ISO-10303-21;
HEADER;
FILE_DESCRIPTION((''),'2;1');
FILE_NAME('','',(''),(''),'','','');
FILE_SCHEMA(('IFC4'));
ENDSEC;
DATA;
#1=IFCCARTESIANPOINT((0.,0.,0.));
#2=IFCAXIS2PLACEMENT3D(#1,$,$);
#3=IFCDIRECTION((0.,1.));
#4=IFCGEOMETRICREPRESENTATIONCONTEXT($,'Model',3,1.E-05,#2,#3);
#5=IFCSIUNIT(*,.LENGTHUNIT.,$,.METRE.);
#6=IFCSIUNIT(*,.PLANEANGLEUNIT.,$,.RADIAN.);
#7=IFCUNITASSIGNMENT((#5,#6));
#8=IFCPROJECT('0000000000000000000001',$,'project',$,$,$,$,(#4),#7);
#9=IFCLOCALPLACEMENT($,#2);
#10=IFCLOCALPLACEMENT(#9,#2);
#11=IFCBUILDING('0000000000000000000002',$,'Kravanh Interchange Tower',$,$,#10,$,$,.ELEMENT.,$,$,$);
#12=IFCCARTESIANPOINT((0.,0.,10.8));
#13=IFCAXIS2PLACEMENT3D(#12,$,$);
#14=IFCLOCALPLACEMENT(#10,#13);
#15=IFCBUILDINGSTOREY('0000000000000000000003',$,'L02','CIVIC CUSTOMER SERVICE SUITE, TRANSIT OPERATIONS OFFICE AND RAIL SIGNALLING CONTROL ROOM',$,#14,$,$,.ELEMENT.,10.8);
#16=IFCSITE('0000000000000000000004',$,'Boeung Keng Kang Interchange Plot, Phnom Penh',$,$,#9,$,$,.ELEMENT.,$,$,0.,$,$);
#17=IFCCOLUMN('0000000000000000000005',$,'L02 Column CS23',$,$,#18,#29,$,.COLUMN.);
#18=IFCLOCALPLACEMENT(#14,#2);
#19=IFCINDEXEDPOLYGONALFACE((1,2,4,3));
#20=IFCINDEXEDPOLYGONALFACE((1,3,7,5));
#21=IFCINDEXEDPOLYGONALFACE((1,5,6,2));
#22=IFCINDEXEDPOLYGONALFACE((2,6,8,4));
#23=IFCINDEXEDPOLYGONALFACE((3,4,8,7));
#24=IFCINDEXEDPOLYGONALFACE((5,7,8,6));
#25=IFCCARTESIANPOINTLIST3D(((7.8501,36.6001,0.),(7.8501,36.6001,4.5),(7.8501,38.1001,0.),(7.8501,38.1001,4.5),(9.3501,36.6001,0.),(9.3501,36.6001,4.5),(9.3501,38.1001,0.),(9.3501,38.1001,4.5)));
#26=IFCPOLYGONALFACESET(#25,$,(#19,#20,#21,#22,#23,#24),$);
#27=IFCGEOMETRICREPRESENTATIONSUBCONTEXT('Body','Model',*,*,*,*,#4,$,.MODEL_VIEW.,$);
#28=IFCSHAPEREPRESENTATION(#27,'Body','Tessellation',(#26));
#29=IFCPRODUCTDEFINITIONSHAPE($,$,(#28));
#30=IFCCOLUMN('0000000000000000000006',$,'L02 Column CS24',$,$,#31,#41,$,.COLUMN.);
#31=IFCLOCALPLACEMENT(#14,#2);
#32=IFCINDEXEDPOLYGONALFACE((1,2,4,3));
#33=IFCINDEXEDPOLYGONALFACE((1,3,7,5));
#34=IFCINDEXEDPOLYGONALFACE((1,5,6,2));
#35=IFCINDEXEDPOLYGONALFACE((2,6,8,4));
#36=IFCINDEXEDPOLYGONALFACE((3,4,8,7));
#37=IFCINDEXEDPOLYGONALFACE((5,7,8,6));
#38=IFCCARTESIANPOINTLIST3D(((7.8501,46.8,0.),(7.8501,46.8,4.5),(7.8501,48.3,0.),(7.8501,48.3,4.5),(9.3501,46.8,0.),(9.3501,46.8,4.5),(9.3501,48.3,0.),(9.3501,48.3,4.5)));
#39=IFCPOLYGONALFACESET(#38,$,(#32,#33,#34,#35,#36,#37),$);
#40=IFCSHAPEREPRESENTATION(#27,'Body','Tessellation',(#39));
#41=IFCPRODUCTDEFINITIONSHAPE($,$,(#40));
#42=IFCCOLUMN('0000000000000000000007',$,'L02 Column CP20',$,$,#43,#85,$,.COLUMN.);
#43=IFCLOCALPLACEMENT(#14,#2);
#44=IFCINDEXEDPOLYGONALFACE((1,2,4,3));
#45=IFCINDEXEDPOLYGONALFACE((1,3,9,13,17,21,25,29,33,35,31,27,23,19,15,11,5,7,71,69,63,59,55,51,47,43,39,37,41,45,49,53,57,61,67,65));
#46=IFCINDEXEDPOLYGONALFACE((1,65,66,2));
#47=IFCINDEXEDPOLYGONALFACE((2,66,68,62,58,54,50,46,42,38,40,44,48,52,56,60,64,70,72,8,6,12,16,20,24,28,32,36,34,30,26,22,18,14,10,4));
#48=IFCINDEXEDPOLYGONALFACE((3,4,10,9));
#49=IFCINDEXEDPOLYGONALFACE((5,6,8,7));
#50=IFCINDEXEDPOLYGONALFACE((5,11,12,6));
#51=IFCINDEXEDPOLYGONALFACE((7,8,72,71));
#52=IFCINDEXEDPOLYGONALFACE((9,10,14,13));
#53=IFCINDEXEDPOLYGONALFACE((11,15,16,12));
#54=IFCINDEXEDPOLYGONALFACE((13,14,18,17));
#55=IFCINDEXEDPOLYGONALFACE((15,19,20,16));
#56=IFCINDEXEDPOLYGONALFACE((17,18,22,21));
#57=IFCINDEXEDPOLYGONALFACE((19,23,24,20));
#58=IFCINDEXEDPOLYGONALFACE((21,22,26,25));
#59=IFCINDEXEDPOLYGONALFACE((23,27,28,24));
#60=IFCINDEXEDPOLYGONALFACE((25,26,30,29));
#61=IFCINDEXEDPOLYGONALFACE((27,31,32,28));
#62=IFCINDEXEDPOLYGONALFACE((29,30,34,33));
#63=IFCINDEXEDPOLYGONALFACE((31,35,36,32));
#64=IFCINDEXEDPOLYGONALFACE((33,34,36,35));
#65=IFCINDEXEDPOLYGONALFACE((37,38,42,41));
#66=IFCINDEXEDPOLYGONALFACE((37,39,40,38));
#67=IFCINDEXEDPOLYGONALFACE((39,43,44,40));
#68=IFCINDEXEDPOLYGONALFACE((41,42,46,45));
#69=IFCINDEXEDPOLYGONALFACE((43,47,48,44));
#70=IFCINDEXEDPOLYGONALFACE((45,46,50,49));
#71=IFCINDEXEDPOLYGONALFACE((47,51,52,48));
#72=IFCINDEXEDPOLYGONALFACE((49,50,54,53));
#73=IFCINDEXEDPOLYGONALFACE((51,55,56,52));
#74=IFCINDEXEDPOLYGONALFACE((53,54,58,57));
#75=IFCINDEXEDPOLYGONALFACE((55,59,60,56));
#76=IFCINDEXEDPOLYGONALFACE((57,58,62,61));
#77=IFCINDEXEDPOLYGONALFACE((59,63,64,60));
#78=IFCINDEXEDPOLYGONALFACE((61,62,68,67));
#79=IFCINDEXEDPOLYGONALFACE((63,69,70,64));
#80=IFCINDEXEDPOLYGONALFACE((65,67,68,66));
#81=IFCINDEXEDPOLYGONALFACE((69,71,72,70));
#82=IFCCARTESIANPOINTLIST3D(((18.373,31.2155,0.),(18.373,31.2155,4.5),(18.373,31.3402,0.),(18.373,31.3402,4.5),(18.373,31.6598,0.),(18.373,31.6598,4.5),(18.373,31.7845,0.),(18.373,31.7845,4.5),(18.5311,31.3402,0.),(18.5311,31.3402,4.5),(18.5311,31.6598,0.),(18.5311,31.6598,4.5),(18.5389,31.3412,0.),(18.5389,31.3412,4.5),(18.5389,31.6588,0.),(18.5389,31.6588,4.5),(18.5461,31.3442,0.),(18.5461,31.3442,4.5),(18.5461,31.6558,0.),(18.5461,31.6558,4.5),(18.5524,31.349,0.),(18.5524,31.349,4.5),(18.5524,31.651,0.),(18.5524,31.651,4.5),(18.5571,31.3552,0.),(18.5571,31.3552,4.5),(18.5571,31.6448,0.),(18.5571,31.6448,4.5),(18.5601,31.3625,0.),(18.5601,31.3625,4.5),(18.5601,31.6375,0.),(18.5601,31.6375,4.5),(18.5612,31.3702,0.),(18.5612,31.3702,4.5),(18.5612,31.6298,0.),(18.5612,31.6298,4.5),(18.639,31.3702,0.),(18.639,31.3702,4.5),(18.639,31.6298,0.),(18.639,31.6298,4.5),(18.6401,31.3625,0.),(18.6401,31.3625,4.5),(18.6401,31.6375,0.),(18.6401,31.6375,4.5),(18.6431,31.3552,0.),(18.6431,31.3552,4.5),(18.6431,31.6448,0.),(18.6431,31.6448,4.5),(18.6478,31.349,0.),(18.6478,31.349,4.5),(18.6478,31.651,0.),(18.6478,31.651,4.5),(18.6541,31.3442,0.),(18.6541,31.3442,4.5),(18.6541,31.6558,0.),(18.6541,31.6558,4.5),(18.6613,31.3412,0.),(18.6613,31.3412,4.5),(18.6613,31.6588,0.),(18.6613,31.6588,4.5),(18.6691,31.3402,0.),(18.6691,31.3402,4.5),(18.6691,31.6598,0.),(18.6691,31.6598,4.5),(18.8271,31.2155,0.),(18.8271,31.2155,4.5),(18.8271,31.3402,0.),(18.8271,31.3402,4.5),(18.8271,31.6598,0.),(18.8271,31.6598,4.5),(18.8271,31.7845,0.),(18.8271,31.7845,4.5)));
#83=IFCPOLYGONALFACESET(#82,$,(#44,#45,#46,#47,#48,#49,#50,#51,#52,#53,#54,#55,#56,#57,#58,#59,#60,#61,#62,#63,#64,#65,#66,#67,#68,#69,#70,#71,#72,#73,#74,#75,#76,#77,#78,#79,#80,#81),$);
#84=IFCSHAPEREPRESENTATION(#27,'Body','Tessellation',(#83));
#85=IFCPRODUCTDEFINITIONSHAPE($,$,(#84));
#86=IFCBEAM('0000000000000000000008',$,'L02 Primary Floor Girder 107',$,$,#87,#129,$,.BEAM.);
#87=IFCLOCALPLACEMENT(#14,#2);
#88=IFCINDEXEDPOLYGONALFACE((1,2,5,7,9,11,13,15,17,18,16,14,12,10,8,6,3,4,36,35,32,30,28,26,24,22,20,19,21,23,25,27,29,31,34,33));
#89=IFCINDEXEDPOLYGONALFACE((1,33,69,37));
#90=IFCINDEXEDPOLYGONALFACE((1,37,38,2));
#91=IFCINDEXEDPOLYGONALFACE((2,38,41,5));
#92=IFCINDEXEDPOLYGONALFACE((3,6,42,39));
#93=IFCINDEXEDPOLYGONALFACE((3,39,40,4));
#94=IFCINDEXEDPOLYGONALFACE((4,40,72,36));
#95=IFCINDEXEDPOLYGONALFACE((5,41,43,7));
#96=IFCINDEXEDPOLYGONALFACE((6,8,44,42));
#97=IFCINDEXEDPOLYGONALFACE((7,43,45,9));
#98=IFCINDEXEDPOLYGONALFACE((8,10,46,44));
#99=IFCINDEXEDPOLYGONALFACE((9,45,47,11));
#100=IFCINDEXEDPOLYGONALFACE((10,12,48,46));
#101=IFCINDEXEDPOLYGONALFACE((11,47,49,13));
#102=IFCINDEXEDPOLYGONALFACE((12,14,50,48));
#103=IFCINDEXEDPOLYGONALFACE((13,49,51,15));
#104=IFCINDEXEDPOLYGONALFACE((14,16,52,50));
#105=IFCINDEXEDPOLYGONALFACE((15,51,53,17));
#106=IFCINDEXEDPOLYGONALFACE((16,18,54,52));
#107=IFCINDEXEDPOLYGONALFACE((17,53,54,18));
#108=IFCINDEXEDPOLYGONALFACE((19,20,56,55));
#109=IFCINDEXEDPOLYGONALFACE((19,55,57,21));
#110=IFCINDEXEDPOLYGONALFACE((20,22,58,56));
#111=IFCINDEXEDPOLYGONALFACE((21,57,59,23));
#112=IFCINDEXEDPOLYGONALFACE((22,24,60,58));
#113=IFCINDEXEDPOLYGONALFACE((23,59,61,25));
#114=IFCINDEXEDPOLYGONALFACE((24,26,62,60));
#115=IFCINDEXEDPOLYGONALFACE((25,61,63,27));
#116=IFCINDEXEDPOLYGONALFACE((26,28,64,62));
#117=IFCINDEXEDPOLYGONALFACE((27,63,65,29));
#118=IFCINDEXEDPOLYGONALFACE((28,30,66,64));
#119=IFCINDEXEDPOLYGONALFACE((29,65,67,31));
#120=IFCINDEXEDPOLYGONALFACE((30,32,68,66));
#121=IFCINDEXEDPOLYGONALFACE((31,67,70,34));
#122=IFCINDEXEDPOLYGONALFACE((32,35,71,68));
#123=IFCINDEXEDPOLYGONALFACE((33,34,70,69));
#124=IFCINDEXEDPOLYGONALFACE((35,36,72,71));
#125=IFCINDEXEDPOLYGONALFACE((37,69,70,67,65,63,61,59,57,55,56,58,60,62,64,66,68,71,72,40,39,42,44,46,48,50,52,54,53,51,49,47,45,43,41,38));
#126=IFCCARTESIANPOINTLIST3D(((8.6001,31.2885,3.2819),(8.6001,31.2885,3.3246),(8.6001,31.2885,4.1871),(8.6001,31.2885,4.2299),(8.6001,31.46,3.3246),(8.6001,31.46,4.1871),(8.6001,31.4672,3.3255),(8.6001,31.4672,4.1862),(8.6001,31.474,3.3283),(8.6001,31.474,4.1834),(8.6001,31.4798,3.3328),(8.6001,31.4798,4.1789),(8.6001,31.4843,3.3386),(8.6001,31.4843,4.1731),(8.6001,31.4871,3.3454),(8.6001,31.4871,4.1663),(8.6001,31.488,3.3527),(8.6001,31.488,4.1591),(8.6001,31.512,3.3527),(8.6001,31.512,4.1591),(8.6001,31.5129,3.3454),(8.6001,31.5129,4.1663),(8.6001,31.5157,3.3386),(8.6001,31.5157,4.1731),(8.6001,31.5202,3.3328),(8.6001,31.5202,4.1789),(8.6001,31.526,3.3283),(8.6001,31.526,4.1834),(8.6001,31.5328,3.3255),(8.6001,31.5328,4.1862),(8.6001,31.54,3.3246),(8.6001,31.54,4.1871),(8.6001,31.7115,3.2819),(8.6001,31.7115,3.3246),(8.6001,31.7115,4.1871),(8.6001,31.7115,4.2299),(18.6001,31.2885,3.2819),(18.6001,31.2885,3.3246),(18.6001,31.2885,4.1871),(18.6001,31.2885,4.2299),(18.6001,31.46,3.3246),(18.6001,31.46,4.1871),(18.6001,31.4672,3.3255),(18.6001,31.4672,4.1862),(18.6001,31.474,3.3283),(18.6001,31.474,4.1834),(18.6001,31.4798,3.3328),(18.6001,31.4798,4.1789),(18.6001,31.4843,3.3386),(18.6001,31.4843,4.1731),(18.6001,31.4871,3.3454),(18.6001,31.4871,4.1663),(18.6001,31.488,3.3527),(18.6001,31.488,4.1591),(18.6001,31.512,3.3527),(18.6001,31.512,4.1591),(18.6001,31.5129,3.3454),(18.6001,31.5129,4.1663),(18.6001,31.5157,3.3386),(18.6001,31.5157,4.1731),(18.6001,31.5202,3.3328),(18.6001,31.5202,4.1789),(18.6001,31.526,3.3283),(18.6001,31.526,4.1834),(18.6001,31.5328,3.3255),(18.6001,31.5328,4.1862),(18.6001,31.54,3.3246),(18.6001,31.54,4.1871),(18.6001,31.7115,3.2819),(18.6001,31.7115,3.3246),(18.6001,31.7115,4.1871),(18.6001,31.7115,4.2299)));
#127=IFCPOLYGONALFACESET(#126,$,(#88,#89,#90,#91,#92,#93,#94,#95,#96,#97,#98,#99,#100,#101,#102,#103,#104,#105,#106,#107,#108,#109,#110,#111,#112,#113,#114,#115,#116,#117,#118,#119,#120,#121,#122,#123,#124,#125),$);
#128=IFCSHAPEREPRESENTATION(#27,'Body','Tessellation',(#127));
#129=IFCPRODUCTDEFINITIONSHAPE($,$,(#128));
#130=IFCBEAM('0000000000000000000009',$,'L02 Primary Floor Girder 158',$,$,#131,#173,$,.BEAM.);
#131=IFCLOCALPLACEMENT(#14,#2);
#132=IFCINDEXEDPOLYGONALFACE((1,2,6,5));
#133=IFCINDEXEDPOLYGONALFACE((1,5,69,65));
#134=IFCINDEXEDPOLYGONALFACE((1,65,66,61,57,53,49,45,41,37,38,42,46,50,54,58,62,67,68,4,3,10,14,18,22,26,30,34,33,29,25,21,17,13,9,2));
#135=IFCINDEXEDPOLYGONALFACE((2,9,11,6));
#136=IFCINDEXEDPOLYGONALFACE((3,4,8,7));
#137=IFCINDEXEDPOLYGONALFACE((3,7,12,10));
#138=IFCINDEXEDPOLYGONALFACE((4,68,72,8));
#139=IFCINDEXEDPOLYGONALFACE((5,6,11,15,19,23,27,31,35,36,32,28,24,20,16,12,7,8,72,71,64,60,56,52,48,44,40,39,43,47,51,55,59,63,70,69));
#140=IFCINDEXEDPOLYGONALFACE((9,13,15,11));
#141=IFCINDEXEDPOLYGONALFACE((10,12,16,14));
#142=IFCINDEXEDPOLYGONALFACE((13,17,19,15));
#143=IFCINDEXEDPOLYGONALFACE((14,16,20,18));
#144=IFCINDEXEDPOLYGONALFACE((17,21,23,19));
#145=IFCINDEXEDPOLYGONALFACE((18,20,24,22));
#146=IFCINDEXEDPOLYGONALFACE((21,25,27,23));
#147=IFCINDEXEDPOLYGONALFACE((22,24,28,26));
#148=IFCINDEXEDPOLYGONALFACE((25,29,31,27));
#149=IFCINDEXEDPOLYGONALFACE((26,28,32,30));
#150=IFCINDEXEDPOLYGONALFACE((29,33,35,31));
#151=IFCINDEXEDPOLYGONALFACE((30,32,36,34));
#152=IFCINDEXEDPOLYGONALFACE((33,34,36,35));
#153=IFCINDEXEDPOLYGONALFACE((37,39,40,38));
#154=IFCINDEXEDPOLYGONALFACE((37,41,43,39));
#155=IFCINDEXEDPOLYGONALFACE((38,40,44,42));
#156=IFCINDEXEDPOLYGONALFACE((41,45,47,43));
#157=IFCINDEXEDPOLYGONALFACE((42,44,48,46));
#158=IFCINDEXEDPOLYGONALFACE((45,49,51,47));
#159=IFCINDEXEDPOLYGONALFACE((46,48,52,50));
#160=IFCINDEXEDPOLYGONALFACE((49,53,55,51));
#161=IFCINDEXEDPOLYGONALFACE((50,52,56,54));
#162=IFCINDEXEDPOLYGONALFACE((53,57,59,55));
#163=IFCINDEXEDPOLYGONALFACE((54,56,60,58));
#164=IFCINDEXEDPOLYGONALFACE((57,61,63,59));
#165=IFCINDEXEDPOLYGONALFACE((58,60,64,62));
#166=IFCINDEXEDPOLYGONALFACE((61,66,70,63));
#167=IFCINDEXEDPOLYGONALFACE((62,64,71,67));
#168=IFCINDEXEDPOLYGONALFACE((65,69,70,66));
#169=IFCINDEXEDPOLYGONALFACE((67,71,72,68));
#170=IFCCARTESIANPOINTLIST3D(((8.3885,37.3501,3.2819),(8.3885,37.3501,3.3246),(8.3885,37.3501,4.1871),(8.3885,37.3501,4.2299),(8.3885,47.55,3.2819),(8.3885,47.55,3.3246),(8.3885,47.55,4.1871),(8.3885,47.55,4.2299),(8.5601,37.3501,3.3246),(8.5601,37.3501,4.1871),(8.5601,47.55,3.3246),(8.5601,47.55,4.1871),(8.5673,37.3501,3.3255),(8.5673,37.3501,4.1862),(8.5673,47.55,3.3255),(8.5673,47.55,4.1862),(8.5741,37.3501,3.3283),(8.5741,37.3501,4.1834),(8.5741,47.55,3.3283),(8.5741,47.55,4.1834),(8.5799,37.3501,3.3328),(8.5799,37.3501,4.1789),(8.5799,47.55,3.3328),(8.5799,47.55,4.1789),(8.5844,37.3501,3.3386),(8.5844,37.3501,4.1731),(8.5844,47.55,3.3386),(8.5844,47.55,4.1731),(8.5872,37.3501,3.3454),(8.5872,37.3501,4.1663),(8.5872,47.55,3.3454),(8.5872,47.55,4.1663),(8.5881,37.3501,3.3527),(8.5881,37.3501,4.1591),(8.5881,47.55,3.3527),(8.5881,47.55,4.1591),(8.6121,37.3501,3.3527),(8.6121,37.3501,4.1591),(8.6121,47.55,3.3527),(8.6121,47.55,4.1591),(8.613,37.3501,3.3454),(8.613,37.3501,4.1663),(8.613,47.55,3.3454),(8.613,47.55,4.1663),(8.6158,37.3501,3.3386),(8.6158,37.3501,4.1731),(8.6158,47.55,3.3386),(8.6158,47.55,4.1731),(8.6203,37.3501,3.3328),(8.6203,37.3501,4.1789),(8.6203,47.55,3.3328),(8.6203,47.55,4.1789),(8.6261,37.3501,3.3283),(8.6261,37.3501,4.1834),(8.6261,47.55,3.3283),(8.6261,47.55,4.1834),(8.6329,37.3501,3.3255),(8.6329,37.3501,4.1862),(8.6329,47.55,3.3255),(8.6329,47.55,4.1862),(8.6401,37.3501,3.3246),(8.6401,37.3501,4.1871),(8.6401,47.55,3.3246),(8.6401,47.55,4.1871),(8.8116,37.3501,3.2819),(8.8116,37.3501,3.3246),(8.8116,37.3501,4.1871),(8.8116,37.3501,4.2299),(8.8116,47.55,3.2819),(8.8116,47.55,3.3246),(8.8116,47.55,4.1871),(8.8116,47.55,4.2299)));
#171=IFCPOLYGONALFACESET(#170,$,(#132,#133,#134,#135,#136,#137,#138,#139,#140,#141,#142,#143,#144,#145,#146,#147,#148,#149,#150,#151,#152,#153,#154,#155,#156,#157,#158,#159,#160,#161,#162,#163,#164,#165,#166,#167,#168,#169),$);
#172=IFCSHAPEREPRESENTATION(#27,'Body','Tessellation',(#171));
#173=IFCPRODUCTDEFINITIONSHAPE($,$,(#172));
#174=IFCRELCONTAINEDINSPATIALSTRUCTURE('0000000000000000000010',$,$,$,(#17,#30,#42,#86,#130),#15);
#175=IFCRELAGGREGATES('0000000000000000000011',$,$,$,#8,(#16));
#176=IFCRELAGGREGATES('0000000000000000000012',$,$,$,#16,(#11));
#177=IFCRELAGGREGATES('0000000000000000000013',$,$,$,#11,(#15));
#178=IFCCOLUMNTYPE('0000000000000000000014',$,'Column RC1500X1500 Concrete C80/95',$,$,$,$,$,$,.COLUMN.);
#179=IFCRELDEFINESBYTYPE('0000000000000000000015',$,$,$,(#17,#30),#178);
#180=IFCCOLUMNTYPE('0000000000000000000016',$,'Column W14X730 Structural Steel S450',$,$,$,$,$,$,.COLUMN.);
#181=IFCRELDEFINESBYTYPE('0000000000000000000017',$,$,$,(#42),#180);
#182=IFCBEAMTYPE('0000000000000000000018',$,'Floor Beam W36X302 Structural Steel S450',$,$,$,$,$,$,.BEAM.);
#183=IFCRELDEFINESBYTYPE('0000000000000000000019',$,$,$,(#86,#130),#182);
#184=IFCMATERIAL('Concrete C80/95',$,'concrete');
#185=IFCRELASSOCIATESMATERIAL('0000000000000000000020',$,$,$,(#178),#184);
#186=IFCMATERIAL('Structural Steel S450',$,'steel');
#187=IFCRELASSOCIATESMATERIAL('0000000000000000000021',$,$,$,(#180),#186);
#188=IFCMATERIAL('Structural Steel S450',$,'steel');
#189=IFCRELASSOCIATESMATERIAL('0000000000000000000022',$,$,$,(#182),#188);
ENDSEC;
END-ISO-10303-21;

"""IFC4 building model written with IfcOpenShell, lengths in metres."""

from ifc_helpers import new_model, si_unit, direction, frame, origin, origin_2d, place, context, subcontext, project, spatial, rectangle, i_section, extrude, material, material_profile, profile_set, type_object, element, save


model = new_model("IFC4")

# Units and contexts
model_context = context("Model", 3, precision=1e-05, world=origin(), true_north=direction((0.0, 1.0)))
body_context = subcontext(model_context, "Body", "Model", "MODEL_VIEW")
ifc_project = project(units=[si_unit("LENGTHUNIT", "METRE"), si_unit("PLANEANGLEUNIT", "RADIAN")], contexts=[model_context])

# Site, building, storey
site_placement = place(None, origin())
site = spatial("IfcSite", under=ifc_project, at=site_placement, Name="Boeung Keng Kang Interchange Plot, Phnom Penh", CompositionType="ELEMENT", RefElevation=0.0)
building_placement = place(site_placement, origin())
building = spatial("IfcBuilding", under=site, at=building_placement, Name="Kravanh Interchange Tower", CompositionType="ELEMENT")
storey_placement = place(building_placement, frame((0.0, 0.0, 10.8)))
storey = spatial("IfcBuildingStorey", under=building, at=storey_placement, Name="L02", Description="CIVIC CUSTOMER SERVICE SUITE, TRANSIT OPERATIONS OFFICE AND RAIL SIGNALLING CONTROL ROOM", CompositionType="ELEMENT", Elevation=10.8)

# Columns
ifc_material_1 = material(Name="Concrete C80/95", Category="concrete")
ifc_material_profile_1 = material_profile(ifc_material_1, rectangle(XDim=1.5, YDim=1.5, at=origin_2d()), Name="RC1500X1500")
ifc_profile_set_1 = profile_set([ifc_material_profile_1], Name="Concrete C80/95")
column_type_1 = type_object("IfcColumnType", Name="Column RC1500X1500 Concrete C80/95", PredefinedType="COLUMN", material=ifc_profile_set_1)
for number, where, z_axis, x_axis, name in (
    (1, (8.6001, 37.3501, 0.0), (0.0, 0.0, 1.0), (1.0, 0.0, 0.0), "L02 Column CS23"),
    (2, (8.6001, 47.55, 0.0), (0.0, 0.0, 1.0), (1.0, 0.0, 0.0), "L02 Column CS24"),
):
    element("IfcColumn", number, at=place(storey_placement, frame(where, z_axis=z_axis, x_axis=x_axis)), inside=storey, type_object=column_type_1, Name=name, PredefinedType="COLUMN", context=body_context, shape_type="SweptSolid", body=[
        extrude(rectangle(XDim=1.5, YDim=1.5, at=origin_2d()), origin(), (0.0, 0.0, 1.0), 4.5),
    ])
ifc_material_2 = material(Name="Structural Steel S450", Category="steel")
ifc_material_profile_2 = material_profile(ifc_material_2, i_section(OverallWidth=0.4541, OverallDepth=0.5691, WebThickness=0.0779, FlangeThickness=0.1248, FilletRadius=0.03, at=origin_2d()), Name="W14X730")
ifc_profile_set_2 = profile_set([ifc_material_profile_2], Name="Structural Steel S450")
column_type_2 = type_object("IfcColumnType", Name="Column W14X730 Structural Steel S450", PredefinedType="COLUMN", material=ifc_profile_set_2)
column_placement = place(storey_placement, frame((18.6001, 31.5, 0.0), z_axis=(0.0, 0.0, 1.0), x_axis=(1.0, 0.0, 0.0)))
element("IfcColumn", 3, at=column_placement, inside=storey, type_object=column_type_2, Name="L02 Column CP20", PredefinedType="COLUMN", context=body_context, shape_type="SweptSolid", body=[
    extrude(i_section(OverallWidth=0.4541, OverallDepth=0.5691, WebThickness=0.0779, FlangeThickness=0.1248, FilletRadius=0.03, at=origin_2d()), origin(), (0.0, 0.0, 1.0), 4.5),
])

# Beams
ifc_material_3 = material(Name="Structural Steel S450", Category="steel")
ifc_material_profile_3 = material_profile(ifc_material_3, i_section(OverallWidth=0.4231, OverallDepth=0.948, WebThickness=0.0239, FlangeThickness=0.0427, FilletRadius=0.0281, at=origin_2d()), Name="W36X302")
ifc_profile_set_3 = profile_set([ifc_material_profile_3], Name="Structural Steel S450")
beam_type_1 = type_object("IfcBeamType", Name="Floor Beam W36X302 Structural Steel S450", PredefinedType="BEAM", material=ifc_profile_set_3)
beam_1_placement = place(storey_placement, frame((8.6001, 31.5, 3.7559), z_axis=(1.0, 0.0, 0.0), x_axis=(0.0, 1.0, 0.0)))
element("IfcBeam", 4, at=beam_1_placement, inside=storey, type_object=beam_type_1, Name="L02 Primary Floor Girder 107", PredefinedType="BEAM", context=body_context, shape_type="SweptSolid", body=[
    extrude(i_section(OverallWidth=0.4231, OverallDepth=0.948, WebThickness=0.0239, FlangeThickness=0.0427, FilletRadius=0.0281, at=origin_2d()), origin(), (0.0, 0.0, 1.0), 10.0),
])
beam_2_placement = place(storey_placement, frame((8.6001, 37.3501, 3.7559), z_axis=(0.0, 1.0, 0.0), x_axis=(-1.0, 0.0, 0.0)))
element("IfcBeam", 5, at=beam_2_placement, inside=storey, type_object=beam_type_1, Name="L02 Primary Floor Girder 158", PredefinedType="BEAM", context=body_context, shape_type="SweptSolid", body=[
    extrude(i_section(OverallWidth=0.4231, OverallDepth=0.948, WebThickness=0.0239, FlangeThickness=0.0427, FilletRadius=0.0281, at=origin_2d()), origin(), (0.0, 0.0, 1.0), 10.2),
])

save(model, "model.ifc")
